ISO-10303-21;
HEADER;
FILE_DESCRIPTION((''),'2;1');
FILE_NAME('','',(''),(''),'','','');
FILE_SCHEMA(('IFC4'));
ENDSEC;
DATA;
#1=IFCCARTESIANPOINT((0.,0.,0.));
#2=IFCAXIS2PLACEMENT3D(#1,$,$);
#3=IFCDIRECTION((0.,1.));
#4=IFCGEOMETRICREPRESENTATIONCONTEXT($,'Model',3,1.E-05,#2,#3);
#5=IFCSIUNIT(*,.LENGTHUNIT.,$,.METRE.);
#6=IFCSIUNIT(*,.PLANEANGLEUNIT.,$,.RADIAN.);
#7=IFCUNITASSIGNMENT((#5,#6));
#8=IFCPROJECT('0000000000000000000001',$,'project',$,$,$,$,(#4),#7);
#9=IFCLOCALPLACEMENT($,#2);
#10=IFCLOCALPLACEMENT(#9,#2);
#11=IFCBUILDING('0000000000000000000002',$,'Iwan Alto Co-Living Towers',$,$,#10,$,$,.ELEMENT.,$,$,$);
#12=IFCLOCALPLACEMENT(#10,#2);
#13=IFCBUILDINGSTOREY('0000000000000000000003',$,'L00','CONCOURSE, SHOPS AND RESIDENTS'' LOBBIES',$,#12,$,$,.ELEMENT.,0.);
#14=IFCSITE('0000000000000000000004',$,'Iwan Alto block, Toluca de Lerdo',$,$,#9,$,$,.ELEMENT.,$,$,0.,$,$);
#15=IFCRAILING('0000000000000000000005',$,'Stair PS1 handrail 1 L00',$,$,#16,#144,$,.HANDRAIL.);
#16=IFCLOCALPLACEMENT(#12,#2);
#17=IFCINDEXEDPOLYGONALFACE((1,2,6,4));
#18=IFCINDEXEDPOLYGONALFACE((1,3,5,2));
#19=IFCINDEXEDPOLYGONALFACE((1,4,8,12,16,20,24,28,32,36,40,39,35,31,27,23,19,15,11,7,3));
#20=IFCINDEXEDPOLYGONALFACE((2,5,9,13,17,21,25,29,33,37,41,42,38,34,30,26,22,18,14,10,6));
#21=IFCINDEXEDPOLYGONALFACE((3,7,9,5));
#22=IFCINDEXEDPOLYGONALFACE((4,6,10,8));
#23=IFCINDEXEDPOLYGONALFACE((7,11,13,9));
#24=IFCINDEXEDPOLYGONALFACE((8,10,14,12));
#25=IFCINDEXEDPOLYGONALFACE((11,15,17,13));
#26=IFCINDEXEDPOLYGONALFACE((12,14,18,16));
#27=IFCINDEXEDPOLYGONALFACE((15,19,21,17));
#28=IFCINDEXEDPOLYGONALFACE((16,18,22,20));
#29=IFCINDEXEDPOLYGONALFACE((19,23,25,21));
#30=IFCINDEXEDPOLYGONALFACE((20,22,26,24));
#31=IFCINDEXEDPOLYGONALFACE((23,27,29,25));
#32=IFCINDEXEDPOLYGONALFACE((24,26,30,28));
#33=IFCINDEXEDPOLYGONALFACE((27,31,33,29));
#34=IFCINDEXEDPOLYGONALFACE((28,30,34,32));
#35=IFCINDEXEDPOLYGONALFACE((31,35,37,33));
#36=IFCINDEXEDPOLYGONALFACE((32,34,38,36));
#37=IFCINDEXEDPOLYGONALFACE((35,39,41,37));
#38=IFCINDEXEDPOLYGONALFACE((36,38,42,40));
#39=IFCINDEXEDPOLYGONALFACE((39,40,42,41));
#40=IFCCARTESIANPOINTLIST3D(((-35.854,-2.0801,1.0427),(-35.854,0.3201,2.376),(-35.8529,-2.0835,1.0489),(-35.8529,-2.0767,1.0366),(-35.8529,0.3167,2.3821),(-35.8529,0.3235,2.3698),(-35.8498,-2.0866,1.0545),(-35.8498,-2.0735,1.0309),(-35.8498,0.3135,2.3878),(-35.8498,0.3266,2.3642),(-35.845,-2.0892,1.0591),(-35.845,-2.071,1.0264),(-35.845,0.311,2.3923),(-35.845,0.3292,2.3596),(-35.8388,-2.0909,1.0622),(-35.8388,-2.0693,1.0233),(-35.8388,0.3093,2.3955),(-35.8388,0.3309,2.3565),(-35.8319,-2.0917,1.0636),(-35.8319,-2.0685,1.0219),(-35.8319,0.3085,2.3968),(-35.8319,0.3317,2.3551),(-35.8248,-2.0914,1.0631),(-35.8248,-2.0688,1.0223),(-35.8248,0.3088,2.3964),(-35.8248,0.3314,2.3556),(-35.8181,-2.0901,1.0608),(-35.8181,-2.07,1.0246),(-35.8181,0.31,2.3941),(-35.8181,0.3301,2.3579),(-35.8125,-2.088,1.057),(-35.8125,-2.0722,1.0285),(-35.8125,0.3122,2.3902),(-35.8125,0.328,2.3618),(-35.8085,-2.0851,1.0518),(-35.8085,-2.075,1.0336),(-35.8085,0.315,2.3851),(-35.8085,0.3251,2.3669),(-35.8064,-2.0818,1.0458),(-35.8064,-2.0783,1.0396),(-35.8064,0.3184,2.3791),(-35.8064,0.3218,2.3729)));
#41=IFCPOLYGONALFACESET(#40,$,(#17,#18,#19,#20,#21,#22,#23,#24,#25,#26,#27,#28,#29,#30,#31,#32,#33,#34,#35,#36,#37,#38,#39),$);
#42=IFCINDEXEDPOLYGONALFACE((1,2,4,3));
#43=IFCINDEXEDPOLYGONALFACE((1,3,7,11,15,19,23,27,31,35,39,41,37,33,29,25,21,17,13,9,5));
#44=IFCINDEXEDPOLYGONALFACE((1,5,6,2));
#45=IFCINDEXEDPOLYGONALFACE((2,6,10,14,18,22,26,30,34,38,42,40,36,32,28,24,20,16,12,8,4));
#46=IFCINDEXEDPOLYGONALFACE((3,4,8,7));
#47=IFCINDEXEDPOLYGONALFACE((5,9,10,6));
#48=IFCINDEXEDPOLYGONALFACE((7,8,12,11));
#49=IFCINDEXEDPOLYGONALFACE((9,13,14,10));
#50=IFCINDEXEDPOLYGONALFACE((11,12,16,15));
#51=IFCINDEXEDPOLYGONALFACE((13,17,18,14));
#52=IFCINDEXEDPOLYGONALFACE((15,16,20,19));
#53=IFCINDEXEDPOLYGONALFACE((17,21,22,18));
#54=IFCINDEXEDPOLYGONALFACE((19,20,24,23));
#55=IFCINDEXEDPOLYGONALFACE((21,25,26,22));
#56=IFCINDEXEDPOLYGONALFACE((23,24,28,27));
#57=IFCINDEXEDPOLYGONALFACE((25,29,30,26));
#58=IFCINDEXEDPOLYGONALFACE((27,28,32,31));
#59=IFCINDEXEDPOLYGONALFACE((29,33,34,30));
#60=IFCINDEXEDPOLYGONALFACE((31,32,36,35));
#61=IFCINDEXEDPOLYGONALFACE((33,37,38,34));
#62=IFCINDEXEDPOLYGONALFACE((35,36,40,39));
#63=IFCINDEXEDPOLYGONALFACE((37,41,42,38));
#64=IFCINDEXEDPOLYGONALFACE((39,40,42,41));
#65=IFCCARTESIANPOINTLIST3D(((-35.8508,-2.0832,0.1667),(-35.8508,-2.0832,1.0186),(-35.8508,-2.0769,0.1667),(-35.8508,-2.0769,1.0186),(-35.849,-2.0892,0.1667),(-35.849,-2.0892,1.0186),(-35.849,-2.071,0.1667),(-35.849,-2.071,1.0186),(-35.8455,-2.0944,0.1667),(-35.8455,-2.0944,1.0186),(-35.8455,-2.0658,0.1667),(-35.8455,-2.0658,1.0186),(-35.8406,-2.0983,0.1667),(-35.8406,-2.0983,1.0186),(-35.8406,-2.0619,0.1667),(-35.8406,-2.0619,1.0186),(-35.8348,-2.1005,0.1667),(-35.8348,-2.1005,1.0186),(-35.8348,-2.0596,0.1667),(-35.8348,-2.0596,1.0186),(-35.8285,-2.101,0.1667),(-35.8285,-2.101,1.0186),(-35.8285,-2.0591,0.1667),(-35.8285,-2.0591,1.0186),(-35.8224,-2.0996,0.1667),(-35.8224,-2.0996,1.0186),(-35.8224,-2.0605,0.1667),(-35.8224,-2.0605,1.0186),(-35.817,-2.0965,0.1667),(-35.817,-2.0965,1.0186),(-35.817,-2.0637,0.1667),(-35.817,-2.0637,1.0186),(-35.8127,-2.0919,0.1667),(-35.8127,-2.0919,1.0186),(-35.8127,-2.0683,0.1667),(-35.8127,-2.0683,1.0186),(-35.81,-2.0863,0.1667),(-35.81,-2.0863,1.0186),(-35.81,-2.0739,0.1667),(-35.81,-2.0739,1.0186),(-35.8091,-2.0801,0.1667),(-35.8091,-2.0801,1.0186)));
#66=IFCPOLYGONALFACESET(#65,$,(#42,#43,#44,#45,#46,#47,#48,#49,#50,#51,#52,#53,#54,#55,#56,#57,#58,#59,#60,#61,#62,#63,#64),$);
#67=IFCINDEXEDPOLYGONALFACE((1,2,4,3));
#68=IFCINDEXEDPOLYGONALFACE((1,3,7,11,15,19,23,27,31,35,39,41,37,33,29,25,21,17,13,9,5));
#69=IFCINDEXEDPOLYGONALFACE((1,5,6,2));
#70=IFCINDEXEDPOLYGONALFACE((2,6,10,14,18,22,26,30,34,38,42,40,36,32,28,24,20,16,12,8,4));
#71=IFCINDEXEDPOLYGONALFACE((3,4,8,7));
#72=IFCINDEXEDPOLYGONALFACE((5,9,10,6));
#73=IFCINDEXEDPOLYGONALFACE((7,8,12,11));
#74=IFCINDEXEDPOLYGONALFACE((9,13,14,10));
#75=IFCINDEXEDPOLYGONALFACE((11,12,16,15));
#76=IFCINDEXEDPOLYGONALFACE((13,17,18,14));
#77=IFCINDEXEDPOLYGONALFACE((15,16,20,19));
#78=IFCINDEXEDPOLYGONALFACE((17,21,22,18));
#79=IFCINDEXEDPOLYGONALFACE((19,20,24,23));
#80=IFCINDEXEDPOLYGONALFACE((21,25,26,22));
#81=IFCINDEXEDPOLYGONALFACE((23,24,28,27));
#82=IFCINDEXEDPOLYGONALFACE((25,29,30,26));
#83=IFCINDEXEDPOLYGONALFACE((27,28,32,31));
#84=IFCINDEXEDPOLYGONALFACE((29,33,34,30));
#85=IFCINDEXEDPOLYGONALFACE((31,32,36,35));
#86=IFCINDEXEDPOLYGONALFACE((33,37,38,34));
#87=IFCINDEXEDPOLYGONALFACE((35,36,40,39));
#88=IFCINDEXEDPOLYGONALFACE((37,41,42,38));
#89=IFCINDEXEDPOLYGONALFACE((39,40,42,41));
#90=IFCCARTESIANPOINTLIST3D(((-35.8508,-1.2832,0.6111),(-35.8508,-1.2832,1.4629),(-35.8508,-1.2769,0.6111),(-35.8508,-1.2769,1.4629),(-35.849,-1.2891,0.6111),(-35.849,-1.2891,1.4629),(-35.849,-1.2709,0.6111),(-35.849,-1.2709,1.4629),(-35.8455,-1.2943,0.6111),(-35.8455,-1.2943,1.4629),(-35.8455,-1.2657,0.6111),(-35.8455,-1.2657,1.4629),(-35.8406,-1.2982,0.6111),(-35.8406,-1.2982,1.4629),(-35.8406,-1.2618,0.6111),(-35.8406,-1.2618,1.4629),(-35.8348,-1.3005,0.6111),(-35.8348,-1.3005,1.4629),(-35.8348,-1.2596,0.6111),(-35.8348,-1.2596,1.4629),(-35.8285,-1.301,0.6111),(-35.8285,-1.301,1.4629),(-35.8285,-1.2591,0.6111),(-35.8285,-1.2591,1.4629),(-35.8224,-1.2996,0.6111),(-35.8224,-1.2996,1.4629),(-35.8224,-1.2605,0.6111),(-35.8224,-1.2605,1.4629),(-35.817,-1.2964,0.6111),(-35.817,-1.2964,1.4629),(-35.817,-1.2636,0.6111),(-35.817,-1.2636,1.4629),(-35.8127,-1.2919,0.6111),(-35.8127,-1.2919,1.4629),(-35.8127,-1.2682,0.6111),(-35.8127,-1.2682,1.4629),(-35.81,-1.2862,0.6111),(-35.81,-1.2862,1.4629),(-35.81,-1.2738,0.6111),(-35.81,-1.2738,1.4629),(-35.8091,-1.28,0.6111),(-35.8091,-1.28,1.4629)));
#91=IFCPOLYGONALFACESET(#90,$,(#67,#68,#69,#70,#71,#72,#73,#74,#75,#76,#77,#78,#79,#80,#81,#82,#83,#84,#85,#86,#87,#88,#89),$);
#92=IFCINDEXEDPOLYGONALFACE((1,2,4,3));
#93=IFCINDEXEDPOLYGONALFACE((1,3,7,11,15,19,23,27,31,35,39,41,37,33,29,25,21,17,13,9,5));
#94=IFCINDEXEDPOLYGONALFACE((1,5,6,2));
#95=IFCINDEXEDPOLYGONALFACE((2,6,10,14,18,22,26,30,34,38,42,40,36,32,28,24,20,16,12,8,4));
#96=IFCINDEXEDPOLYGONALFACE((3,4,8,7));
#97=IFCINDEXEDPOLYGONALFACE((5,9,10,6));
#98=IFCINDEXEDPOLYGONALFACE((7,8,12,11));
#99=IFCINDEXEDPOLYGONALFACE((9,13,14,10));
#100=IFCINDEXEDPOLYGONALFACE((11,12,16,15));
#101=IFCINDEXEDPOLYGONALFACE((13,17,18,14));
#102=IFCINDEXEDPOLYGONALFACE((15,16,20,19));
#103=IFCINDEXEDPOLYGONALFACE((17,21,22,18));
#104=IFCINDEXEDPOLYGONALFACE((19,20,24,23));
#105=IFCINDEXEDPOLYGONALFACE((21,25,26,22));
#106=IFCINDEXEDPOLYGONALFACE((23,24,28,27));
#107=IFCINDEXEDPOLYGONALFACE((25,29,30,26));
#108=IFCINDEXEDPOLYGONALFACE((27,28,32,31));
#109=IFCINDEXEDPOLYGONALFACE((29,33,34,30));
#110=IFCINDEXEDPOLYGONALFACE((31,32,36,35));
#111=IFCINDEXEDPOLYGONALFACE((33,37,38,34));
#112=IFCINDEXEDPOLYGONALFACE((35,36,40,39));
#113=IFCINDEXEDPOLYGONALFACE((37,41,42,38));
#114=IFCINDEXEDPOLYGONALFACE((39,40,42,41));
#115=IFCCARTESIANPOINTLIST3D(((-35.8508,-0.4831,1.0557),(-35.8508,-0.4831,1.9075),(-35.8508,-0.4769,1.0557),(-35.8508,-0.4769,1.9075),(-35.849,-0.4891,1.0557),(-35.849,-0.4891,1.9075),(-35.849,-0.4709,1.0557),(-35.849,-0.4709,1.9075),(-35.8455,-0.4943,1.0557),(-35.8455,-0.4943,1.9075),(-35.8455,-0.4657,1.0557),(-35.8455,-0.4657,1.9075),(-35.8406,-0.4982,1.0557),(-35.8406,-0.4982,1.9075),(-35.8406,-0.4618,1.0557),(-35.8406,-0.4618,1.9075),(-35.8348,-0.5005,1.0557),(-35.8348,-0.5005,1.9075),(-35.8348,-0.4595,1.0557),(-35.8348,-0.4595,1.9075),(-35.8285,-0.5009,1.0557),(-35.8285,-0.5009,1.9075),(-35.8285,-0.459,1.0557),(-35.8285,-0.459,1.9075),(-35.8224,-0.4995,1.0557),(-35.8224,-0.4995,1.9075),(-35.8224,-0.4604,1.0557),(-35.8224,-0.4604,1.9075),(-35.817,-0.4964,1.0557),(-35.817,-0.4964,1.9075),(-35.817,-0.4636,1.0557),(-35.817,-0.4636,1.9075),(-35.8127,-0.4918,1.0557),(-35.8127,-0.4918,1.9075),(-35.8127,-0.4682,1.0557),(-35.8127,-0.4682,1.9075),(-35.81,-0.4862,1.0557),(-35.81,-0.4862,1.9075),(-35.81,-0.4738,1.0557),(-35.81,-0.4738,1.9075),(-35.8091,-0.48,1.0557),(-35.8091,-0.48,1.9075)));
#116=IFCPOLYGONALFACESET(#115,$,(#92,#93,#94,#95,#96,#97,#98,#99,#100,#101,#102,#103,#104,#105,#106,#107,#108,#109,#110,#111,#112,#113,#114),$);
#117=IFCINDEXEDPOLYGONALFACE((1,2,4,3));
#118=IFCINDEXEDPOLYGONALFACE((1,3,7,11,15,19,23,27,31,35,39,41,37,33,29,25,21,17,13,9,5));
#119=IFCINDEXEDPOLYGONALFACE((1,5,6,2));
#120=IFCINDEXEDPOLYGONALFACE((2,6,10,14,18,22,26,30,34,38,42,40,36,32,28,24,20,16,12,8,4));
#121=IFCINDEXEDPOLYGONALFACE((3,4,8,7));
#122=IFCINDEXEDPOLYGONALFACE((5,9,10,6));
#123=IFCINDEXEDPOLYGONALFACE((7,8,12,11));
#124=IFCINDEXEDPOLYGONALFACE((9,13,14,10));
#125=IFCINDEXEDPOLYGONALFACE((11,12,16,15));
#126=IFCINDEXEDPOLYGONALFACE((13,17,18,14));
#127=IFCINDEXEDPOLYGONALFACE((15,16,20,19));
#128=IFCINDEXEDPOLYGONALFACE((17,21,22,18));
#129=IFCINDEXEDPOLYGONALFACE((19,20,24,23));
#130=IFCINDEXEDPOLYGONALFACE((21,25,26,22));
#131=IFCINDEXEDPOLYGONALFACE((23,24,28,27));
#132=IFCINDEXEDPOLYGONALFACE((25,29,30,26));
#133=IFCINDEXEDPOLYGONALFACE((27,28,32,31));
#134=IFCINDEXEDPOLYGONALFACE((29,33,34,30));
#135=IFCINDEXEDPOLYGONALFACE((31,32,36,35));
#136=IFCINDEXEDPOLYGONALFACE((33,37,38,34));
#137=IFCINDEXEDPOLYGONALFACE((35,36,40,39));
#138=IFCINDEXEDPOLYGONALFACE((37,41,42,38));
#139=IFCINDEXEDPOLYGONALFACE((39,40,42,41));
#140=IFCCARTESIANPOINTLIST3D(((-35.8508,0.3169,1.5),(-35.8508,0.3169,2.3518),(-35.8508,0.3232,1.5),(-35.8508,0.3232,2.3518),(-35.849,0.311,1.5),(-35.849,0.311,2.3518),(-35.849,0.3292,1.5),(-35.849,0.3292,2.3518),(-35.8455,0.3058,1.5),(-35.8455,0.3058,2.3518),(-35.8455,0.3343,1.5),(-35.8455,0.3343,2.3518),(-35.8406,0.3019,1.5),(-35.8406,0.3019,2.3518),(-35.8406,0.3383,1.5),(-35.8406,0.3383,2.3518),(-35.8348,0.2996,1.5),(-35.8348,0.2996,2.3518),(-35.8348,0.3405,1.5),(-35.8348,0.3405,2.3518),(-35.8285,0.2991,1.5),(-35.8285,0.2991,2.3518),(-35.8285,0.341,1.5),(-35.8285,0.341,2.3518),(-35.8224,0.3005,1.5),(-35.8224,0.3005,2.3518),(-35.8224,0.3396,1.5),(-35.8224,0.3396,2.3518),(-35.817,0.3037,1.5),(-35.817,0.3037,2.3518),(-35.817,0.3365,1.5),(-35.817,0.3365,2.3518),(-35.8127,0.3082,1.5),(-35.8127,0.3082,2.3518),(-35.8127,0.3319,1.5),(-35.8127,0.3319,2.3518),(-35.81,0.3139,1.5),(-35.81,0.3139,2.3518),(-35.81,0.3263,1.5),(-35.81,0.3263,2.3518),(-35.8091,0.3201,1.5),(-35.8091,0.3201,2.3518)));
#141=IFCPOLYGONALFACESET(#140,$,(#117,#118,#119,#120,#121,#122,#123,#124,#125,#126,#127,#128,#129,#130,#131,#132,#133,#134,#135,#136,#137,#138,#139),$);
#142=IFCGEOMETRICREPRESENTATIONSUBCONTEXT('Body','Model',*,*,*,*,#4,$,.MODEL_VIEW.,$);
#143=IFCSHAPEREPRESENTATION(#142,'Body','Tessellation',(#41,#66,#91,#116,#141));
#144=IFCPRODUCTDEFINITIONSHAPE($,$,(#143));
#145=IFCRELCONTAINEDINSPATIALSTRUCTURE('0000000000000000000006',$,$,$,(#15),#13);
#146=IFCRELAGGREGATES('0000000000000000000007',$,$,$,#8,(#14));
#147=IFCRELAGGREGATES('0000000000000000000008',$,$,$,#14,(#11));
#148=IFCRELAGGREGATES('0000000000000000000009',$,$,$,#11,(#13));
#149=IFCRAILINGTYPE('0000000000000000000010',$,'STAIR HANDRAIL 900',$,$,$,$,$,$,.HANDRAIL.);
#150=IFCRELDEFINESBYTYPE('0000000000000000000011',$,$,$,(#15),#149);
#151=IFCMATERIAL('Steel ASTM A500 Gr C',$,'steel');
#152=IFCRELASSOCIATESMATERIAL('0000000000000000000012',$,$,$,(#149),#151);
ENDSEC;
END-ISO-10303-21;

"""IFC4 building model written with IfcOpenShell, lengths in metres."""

from ifc_helpers import new_model, si_unit, direction, frame, origin, origin_2d, place, context, subcontext, project, spatial, circle, extrude, material, type_object, element, save


model = new_model("IFC4")

# Units and contexts
model_context = context("Model", 3, precision=1e-05, world=origin(), true_north=direction((0.0, 1.0)))
body_context = subcontext(model_context, "Body", "Model", "MODEL_VIEW")
ifc_project = project(units=[si_unit("LENGTHUNIT", "METRE"), si_unit("PLANEANGLEUNIT", "RADIAN")], contexts=[model_context])

# Site, building, storey
site_placement = place(None, origin())
site = spatial("IfcSite", under=ifc_project, at=site_placement, Name="Iwan Alto block, Toluca de Lerdo", CompositionType="ELEMENT", RefElevation=0.0)
building_placement = place(site_placement, origin())
building = spatial("IfcBuilding", under=site, at=building_placement, Name="Iwan Alto Co-Living Towers", CompositionType="ELEMENT")
storey_placement = place(building_placement, origin())
storey = spatial("IfcBuildingStorey", under=building, at=storey_placement, Name="L00", Description="CONCOURSE, SHOPS AND RESIDENTS' LOBBIES", CompositionType="ELEMENT", Elevation=0.0)

# Railing
ifc_material_1 = material(Name="Steel ASTM A500 Gr C", Category="steel")
railing_type_1 = type_object("IfcRailingType", Name="STAIR HANDRAIL 900", PredefinedType="HANDRAIL", material=ifc_material_1)
for number, where, name in (
    (1, (-35.8301, -2.0801, 0.1667), "Stair PS1 handrail 1 L00"),
):
    element("IfcRailing", number, at=place(storey_placement, frame(where)), inside=storey, type_object=railing_type_1, Name=name, PredefinedType="HANDRAIL", context=body_context, shape_type="SweptSolid", body=[
        extrude(circle(Radius=0.0239, at=origin_2d()), frame((0.0, 0.0, 0.876), z_axis=(0.0, 0.874182, 0.485598), x_axis=(-1.0, 0.0, 0.0)), (0.0, 0.0, 1.0), 2.7456),
        extrude(circle(Radius=0.021, at=origin_2d()), origin(), (0.0, 0.0, 1.0), 0.8518),
        extrude(circle(Radius=0.021, at=origin_2d()), frame((0.0, 0.8, 0.4443)), (0.0, 0.0, 1.0), 0.8518),
        extrude(circle(Radius=0.021, at=origin_2d()), frame((0.0, 1.6001, 0.8889)), (0.0, 0.0, 1.0), 0.8518),
        extrude(circle(Radius=0.021, at=origin_2d()), frame((0.0, 2.4001, 1.3333)), (0.0, 0.0, 1.0), 0.8518),
    ])

save(model, "model.ifc")
